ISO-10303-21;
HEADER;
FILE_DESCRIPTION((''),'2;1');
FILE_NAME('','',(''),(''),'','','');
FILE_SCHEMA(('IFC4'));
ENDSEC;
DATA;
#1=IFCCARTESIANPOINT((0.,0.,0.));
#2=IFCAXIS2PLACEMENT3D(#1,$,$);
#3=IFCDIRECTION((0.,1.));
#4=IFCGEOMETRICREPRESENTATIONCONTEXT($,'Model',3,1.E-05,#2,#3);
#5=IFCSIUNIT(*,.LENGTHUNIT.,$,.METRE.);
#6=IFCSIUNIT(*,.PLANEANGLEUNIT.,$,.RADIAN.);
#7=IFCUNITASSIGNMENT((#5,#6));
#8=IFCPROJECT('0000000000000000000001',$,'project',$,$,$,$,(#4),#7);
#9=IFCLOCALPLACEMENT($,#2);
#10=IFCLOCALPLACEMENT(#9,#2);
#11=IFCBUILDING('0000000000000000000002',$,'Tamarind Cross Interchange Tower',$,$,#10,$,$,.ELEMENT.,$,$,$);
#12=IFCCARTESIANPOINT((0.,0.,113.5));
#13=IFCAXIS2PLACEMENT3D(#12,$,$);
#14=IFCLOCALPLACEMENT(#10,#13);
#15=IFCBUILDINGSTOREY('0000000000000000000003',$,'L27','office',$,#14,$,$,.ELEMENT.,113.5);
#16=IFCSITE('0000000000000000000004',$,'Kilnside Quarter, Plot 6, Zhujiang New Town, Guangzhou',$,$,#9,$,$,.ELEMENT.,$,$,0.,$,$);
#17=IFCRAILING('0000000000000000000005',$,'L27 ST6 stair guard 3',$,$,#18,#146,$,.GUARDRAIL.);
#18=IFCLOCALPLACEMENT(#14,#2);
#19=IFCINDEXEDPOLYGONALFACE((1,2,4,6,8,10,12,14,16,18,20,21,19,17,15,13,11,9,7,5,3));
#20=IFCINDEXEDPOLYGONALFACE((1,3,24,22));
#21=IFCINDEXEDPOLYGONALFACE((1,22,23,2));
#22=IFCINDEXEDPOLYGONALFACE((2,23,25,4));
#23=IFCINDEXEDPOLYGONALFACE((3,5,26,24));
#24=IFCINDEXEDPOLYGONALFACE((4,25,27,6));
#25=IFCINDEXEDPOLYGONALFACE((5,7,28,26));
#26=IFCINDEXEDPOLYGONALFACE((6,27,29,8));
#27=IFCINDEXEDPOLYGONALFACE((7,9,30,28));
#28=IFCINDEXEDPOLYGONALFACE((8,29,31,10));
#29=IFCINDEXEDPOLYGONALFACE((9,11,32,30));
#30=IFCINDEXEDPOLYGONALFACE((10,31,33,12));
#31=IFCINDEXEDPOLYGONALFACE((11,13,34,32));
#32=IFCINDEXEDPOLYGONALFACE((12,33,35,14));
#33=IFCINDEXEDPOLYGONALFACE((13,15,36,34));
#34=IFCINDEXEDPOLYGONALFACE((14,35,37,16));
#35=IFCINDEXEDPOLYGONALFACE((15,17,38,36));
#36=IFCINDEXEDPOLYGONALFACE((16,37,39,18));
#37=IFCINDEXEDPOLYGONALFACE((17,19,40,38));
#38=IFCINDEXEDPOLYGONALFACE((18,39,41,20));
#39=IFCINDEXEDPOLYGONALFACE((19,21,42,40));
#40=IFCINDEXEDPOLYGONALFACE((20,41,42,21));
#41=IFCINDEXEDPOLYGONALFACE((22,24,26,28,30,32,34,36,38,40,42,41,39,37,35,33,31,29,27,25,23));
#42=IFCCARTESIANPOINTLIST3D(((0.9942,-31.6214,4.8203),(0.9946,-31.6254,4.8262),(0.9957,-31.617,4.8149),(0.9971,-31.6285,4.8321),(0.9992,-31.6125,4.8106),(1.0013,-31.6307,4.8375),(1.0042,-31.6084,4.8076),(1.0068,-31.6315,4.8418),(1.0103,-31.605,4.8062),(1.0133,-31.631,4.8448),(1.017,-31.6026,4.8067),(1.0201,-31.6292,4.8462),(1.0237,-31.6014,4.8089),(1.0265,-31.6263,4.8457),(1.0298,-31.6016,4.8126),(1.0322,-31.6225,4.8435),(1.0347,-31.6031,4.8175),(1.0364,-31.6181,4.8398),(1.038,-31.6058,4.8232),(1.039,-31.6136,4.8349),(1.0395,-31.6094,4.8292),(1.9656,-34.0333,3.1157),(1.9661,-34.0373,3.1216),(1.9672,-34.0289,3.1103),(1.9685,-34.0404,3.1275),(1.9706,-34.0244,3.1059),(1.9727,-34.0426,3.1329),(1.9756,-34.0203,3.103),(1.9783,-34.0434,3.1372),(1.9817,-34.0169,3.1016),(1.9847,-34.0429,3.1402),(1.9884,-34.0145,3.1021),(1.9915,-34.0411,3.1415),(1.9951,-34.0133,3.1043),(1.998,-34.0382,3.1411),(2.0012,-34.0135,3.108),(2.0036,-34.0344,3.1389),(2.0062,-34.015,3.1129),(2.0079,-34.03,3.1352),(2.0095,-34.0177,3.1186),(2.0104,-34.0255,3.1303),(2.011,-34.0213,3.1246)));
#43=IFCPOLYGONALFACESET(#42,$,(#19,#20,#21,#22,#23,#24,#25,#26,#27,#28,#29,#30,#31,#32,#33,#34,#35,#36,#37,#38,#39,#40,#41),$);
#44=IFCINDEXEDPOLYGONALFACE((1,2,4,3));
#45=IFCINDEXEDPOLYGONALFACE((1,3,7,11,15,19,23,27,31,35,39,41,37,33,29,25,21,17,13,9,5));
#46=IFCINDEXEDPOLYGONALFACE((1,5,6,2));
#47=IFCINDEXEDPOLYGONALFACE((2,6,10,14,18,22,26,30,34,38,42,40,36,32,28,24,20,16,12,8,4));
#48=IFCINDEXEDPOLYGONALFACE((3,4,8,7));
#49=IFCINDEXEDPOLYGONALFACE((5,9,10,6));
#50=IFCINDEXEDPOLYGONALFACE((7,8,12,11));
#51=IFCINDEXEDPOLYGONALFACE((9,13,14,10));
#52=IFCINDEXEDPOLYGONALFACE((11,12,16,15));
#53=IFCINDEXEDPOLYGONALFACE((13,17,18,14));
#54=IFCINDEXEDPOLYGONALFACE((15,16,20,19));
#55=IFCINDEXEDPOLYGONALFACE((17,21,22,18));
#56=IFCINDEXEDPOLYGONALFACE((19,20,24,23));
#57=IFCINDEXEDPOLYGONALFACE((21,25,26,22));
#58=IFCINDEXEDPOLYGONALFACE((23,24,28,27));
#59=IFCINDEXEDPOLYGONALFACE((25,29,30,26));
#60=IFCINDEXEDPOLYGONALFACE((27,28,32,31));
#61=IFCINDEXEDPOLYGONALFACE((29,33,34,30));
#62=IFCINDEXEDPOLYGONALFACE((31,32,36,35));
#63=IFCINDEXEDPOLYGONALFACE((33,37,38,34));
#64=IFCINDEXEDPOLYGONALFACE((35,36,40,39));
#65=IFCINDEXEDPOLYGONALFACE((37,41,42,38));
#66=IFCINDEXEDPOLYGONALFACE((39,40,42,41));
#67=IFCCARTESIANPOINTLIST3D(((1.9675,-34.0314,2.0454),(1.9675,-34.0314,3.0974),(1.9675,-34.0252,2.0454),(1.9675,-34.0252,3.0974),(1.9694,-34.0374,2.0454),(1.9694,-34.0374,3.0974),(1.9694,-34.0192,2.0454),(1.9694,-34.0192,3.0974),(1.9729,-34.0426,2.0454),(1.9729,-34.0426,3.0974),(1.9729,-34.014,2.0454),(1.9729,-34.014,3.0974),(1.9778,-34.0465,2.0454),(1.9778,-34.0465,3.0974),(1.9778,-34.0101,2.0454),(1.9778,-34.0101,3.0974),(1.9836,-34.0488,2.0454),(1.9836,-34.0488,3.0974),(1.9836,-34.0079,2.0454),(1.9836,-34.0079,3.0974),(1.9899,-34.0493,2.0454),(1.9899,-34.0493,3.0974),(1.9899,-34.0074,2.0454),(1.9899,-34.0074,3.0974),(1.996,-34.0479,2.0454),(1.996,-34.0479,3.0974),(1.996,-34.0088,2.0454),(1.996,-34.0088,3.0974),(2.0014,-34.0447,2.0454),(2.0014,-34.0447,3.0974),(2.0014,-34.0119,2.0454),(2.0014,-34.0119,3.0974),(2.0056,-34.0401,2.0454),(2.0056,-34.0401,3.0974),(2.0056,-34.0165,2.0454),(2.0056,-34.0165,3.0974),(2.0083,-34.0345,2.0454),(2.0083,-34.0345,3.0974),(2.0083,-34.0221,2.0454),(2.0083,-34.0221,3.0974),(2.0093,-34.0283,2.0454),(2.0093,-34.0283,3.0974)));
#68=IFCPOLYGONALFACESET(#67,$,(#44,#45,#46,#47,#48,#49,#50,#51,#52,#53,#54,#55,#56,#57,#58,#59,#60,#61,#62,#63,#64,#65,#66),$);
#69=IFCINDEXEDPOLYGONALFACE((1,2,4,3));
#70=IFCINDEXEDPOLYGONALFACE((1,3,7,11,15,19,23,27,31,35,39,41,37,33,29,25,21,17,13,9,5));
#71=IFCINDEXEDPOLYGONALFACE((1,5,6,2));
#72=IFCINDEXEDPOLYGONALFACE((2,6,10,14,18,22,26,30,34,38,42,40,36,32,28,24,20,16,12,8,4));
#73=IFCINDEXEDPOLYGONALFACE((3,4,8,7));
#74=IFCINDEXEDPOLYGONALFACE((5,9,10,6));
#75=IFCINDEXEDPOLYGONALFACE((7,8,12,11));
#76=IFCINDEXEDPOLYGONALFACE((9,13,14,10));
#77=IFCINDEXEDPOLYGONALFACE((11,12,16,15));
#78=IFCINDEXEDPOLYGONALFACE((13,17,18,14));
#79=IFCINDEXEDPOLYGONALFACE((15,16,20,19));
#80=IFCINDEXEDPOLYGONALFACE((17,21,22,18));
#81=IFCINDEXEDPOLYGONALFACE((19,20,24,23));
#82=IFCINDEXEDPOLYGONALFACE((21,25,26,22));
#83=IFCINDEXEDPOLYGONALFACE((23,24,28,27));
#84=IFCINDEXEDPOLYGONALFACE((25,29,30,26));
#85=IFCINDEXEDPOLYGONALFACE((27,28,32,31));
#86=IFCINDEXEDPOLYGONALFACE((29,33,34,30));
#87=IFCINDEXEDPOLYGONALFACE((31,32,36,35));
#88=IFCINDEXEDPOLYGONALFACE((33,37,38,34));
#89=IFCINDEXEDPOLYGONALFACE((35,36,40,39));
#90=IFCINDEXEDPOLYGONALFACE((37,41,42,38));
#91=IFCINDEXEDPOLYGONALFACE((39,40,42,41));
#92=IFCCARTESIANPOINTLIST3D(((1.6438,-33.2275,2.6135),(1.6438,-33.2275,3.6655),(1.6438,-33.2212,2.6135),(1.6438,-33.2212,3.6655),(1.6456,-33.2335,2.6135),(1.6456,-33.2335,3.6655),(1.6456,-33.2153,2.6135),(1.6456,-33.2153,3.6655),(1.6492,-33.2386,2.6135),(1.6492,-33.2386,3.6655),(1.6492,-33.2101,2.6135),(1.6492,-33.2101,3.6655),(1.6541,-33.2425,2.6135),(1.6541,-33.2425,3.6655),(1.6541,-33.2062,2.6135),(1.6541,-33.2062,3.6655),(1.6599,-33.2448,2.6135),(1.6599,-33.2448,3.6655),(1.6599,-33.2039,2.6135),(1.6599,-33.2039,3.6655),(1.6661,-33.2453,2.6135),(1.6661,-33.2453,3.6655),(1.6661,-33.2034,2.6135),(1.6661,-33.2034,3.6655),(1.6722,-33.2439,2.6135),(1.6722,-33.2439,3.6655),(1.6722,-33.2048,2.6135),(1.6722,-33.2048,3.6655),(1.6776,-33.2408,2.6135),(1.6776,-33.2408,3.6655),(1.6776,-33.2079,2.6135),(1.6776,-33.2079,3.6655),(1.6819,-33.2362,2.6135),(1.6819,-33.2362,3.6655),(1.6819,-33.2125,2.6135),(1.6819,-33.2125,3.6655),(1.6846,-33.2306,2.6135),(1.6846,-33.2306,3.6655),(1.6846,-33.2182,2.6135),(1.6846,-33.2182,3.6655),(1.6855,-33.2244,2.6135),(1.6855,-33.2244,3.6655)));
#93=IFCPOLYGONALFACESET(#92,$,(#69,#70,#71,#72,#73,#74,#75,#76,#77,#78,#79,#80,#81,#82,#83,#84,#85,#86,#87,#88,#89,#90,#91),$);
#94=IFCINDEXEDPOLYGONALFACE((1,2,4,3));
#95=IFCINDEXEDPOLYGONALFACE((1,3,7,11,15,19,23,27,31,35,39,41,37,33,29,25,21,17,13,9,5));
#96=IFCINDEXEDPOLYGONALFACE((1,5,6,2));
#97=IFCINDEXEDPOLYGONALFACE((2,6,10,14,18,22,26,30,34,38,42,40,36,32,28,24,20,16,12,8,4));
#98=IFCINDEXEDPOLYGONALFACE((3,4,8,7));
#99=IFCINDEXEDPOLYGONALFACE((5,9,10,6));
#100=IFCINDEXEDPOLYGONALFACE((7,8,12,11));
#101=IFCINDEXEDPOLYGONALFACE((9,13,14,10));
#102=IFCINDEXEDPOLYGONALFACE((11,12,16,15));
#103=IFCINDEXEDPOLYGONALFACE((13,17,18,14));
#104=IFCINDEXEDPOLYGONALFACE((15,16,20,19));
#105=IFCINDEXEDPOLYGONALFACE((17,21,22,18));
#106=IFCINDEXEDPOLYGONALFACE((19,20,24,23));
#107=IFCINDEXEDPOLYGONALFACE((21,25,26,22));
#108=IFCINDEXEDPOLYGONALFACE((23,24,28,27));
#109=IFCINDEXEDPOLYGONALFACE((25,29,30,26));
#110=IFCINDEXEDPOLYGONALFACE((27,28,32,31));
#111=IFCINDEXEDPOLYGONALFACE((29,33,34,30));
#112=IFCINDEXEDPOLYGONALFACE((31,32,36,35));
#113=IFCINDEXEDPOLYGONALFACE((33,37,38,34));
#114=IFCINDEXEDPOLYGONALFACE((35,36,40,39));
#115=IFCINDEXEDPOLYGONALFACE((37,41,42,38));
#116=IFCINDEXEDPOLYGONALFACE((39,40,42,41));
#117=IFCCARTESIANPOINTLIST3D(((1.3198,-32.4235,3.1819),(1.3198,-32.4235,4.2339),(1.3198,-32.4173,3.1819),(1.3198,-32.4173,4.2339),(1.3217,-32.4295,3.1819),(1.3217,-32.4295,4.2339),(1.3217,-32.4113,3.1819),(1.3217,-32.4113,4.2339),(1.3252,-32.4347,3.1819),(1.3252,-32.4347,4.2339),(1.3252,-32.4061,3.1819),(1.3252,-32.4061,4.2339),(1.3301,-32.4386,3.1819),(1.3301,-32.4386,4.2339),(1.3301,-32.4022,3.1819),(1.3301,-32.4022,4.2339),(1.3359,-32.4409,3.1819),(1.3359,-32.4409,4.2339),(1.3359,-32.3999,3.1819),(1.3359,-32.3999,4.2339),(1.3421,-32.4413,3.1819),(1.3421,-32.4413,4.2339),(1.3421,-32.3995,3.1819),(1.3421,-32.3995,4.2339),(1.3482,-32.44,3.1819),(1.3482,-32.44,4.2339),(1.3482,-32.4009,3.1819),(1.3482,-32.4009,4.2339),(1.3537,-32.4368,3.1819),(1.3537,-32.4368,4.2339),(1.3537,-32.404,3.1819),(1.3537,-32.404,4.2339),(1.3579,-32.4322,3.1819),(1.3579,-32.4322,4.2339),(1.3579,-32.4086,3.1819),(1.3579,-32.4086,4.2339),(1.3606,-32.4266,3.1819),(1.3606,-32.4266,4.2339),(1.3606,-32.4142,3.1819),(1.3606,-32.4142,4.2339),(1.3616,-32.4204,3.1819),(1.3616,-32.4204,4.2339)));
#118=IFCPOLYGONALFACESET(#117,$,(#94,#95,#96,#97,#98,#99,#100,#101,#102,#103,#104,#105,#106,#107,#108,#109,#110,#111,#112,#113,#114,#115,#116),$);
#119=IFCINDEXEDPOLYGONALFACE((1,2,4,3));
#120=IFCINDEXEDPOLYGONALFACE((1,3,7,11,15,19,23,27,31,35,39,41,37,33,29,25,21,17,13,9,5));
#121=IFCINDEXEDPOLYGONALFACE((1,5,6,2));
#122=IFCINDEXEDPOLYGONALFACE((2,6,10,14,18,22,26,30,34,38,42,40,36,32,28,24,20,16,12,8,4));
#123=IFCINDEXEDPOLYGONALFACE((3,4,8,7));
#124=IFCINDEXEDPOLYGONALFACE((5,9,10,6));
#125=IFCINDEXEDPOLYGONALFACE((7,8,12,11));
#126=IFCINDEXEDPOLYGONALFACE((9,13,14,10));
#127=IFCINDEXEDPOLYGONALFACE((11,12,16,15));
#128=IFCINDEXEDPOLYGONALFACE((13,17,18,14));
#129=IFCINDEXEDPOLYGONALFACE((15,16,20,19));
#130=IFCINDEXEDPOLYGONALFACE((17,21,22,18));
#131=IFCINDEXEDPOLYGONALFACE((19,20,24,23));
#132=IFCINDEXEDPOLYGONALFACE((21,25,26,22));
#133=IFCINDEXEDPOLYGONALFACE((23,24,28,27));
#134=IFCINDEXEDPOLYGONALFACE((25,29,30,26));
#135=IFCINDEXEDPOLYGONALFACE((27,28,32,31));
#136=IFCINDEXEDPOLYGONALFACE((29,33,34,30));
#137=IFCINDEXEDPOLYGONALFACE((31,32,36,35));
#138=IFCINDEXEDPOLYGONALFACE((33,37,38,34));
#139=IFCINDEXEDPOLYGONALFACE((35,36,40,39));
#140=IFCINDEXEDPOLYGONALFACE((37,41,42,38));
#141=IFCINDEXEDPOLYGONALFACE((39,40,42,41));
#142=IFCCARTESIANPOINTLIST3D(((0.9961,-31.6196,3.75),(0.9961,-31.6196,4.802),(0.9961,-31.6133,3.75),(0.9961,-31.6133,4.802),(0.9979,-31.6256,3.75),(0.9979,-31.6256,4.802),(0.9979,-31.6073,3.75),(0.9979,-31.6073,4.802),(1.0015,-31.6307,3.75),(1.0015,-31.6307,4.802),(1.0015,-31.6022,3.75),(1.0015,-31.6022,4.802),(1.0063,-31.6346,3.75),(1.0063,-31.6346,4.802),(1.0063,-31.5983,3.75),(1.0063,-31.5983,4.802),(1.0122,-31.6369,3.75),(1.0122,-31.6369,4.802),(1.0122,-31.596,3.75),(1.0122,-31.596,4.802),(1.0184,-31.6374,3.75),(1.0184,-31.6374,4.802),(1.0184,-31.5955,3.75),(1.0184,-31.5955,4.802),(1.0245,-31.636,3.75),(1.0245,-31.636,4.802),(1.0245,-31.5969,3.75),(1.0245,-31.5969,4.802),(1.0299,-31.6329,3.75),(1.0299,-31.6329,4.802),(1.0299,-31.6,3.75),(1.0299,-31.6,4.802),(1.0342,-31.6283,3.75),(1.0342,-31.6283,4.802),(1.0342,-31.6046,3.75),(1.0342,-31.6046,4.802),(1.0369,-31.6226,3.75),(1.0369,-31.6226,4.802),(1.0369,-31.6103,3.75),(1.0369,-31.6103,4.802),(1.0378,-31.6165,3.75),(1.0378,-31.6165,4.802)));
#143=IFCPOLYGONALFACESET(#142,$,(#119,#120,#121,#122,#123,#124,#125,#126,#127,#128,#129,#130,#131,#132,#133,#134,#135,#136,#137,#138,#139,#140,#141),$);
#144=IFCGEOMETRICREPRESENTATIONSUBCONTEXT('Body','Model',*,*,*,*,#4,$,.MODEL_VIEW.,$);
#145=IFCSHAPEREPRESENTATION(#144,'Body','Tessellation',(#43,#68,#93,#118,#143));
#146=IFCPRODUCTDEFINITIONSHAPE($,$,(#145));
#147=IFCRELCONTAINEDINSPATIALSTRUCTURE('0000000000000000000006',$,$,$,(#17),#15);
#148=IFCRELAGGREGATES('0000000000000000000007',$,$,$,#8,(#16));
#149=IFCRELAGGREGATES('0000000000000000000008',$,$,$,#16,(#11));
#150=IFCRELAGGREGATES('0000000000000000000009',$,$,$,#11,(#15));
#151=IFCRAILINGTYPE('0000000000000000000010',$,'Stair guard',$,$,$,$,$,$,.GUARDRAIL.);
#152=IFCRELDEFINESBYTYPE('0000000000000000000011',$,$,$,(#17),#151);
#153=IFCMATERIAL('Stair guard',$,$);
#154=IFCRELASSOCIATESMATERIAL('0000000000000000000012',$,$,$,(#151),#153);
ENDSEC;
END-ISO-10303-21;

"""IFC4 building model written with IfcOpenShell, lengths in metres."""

from ifc_helpers import new_model, si_unit, direction, frame, origin, origin_2d, place, context, subcontext, project, spatial, circle, extrude, material, type_object, element, save


model = new_model("IFC4")

# Units and contexts
model_context = context("Model", 3, precision=1e-05, world=origin(), true_north=direction((0.0, 1.0)))
body_context = subcontext(model_context, "Body", "Model", "MODEL_VIEW")
ifc_project = project(units=[si_unit("LENGTHUNIT", "METRE"), si_unit("PLANEANGLEUNIT", "RADIAN")], contexts=[model_context])

# Site, building, storey
site_placement = place(None, origin())
site = spatial("IfcSite", under=ifc_project, at=site_placement, Name="Kilnside Quarter, Plot 6, Zhujiang New Town, Guangzhou", CompositionType="ELEMENT", RefElevation=0.0)
building_placement = place(site_placement, origin())
building = spatial("IfcBuilding", under=site, at=building_placement, Name="Tamarind Cross Interchange Tower", CompositionType="ELEMENT")
storey_placement = place(building_placement, frame((0.0, 0.0, 113.5)))
storey = spatial("IfcBuildingStorey", under=building, at=storey_placement, Name="L27", Description="office", CompositionType="ELEMENT", Elevation=113.5)

# Railing
ifc_material_1 = material(Name="Stair guard")
railing_type_1 = type_object("IfcRailingType", Name="Stair guard", PredefinedType="GUARDRAIL", material=ifc_material_1)
railing_1_placement = place(storey_placement, frame((1.9883, -34.0283, 2.0454)))
element("IfcRailing", 1, at=railing_1_placement, inside=storey, type_object=railing_type_1, Name="L27 ST6 stair guard 3", PredefinedType="GUARDRAIL", context=body_context, shape_type="SweptSolid", body=[
    extrude(circle(Radius=0.0239, at=origin_2d()), frame((0.0, 0.0, 1.0762), z_axis=(-0.312451, 0.775748, 0.548261), x_axis=(-0.927587, -0.373607, 0.0)), (0.0, 0.0, 1.0), 3.1091),
    extrude(circle(Radius=0.021, at=origin_2d()), origin(), (0.0, 0.0, 1.0), 1.052),
    extrude(circle(Radius=0.021, at=origin_2d()), frame((-0.3237, 0.804, 0.5681)), (0.0, 0.0, 1.0), 1.052),
    extrude(circle(Radius=0.021, at=origin_2d()), frame((-0.6477, 1.6079, 1.1365)), (0.0, 0.0, 1.0), 1.052),
    extrude(circle(Radius=0.021, at=origin_2d()), frame((-0.9714, 2.4119, 1.7046)), (0.0, 0.0, 1.0), 1.052),
])

save(model, "model.ifc")
